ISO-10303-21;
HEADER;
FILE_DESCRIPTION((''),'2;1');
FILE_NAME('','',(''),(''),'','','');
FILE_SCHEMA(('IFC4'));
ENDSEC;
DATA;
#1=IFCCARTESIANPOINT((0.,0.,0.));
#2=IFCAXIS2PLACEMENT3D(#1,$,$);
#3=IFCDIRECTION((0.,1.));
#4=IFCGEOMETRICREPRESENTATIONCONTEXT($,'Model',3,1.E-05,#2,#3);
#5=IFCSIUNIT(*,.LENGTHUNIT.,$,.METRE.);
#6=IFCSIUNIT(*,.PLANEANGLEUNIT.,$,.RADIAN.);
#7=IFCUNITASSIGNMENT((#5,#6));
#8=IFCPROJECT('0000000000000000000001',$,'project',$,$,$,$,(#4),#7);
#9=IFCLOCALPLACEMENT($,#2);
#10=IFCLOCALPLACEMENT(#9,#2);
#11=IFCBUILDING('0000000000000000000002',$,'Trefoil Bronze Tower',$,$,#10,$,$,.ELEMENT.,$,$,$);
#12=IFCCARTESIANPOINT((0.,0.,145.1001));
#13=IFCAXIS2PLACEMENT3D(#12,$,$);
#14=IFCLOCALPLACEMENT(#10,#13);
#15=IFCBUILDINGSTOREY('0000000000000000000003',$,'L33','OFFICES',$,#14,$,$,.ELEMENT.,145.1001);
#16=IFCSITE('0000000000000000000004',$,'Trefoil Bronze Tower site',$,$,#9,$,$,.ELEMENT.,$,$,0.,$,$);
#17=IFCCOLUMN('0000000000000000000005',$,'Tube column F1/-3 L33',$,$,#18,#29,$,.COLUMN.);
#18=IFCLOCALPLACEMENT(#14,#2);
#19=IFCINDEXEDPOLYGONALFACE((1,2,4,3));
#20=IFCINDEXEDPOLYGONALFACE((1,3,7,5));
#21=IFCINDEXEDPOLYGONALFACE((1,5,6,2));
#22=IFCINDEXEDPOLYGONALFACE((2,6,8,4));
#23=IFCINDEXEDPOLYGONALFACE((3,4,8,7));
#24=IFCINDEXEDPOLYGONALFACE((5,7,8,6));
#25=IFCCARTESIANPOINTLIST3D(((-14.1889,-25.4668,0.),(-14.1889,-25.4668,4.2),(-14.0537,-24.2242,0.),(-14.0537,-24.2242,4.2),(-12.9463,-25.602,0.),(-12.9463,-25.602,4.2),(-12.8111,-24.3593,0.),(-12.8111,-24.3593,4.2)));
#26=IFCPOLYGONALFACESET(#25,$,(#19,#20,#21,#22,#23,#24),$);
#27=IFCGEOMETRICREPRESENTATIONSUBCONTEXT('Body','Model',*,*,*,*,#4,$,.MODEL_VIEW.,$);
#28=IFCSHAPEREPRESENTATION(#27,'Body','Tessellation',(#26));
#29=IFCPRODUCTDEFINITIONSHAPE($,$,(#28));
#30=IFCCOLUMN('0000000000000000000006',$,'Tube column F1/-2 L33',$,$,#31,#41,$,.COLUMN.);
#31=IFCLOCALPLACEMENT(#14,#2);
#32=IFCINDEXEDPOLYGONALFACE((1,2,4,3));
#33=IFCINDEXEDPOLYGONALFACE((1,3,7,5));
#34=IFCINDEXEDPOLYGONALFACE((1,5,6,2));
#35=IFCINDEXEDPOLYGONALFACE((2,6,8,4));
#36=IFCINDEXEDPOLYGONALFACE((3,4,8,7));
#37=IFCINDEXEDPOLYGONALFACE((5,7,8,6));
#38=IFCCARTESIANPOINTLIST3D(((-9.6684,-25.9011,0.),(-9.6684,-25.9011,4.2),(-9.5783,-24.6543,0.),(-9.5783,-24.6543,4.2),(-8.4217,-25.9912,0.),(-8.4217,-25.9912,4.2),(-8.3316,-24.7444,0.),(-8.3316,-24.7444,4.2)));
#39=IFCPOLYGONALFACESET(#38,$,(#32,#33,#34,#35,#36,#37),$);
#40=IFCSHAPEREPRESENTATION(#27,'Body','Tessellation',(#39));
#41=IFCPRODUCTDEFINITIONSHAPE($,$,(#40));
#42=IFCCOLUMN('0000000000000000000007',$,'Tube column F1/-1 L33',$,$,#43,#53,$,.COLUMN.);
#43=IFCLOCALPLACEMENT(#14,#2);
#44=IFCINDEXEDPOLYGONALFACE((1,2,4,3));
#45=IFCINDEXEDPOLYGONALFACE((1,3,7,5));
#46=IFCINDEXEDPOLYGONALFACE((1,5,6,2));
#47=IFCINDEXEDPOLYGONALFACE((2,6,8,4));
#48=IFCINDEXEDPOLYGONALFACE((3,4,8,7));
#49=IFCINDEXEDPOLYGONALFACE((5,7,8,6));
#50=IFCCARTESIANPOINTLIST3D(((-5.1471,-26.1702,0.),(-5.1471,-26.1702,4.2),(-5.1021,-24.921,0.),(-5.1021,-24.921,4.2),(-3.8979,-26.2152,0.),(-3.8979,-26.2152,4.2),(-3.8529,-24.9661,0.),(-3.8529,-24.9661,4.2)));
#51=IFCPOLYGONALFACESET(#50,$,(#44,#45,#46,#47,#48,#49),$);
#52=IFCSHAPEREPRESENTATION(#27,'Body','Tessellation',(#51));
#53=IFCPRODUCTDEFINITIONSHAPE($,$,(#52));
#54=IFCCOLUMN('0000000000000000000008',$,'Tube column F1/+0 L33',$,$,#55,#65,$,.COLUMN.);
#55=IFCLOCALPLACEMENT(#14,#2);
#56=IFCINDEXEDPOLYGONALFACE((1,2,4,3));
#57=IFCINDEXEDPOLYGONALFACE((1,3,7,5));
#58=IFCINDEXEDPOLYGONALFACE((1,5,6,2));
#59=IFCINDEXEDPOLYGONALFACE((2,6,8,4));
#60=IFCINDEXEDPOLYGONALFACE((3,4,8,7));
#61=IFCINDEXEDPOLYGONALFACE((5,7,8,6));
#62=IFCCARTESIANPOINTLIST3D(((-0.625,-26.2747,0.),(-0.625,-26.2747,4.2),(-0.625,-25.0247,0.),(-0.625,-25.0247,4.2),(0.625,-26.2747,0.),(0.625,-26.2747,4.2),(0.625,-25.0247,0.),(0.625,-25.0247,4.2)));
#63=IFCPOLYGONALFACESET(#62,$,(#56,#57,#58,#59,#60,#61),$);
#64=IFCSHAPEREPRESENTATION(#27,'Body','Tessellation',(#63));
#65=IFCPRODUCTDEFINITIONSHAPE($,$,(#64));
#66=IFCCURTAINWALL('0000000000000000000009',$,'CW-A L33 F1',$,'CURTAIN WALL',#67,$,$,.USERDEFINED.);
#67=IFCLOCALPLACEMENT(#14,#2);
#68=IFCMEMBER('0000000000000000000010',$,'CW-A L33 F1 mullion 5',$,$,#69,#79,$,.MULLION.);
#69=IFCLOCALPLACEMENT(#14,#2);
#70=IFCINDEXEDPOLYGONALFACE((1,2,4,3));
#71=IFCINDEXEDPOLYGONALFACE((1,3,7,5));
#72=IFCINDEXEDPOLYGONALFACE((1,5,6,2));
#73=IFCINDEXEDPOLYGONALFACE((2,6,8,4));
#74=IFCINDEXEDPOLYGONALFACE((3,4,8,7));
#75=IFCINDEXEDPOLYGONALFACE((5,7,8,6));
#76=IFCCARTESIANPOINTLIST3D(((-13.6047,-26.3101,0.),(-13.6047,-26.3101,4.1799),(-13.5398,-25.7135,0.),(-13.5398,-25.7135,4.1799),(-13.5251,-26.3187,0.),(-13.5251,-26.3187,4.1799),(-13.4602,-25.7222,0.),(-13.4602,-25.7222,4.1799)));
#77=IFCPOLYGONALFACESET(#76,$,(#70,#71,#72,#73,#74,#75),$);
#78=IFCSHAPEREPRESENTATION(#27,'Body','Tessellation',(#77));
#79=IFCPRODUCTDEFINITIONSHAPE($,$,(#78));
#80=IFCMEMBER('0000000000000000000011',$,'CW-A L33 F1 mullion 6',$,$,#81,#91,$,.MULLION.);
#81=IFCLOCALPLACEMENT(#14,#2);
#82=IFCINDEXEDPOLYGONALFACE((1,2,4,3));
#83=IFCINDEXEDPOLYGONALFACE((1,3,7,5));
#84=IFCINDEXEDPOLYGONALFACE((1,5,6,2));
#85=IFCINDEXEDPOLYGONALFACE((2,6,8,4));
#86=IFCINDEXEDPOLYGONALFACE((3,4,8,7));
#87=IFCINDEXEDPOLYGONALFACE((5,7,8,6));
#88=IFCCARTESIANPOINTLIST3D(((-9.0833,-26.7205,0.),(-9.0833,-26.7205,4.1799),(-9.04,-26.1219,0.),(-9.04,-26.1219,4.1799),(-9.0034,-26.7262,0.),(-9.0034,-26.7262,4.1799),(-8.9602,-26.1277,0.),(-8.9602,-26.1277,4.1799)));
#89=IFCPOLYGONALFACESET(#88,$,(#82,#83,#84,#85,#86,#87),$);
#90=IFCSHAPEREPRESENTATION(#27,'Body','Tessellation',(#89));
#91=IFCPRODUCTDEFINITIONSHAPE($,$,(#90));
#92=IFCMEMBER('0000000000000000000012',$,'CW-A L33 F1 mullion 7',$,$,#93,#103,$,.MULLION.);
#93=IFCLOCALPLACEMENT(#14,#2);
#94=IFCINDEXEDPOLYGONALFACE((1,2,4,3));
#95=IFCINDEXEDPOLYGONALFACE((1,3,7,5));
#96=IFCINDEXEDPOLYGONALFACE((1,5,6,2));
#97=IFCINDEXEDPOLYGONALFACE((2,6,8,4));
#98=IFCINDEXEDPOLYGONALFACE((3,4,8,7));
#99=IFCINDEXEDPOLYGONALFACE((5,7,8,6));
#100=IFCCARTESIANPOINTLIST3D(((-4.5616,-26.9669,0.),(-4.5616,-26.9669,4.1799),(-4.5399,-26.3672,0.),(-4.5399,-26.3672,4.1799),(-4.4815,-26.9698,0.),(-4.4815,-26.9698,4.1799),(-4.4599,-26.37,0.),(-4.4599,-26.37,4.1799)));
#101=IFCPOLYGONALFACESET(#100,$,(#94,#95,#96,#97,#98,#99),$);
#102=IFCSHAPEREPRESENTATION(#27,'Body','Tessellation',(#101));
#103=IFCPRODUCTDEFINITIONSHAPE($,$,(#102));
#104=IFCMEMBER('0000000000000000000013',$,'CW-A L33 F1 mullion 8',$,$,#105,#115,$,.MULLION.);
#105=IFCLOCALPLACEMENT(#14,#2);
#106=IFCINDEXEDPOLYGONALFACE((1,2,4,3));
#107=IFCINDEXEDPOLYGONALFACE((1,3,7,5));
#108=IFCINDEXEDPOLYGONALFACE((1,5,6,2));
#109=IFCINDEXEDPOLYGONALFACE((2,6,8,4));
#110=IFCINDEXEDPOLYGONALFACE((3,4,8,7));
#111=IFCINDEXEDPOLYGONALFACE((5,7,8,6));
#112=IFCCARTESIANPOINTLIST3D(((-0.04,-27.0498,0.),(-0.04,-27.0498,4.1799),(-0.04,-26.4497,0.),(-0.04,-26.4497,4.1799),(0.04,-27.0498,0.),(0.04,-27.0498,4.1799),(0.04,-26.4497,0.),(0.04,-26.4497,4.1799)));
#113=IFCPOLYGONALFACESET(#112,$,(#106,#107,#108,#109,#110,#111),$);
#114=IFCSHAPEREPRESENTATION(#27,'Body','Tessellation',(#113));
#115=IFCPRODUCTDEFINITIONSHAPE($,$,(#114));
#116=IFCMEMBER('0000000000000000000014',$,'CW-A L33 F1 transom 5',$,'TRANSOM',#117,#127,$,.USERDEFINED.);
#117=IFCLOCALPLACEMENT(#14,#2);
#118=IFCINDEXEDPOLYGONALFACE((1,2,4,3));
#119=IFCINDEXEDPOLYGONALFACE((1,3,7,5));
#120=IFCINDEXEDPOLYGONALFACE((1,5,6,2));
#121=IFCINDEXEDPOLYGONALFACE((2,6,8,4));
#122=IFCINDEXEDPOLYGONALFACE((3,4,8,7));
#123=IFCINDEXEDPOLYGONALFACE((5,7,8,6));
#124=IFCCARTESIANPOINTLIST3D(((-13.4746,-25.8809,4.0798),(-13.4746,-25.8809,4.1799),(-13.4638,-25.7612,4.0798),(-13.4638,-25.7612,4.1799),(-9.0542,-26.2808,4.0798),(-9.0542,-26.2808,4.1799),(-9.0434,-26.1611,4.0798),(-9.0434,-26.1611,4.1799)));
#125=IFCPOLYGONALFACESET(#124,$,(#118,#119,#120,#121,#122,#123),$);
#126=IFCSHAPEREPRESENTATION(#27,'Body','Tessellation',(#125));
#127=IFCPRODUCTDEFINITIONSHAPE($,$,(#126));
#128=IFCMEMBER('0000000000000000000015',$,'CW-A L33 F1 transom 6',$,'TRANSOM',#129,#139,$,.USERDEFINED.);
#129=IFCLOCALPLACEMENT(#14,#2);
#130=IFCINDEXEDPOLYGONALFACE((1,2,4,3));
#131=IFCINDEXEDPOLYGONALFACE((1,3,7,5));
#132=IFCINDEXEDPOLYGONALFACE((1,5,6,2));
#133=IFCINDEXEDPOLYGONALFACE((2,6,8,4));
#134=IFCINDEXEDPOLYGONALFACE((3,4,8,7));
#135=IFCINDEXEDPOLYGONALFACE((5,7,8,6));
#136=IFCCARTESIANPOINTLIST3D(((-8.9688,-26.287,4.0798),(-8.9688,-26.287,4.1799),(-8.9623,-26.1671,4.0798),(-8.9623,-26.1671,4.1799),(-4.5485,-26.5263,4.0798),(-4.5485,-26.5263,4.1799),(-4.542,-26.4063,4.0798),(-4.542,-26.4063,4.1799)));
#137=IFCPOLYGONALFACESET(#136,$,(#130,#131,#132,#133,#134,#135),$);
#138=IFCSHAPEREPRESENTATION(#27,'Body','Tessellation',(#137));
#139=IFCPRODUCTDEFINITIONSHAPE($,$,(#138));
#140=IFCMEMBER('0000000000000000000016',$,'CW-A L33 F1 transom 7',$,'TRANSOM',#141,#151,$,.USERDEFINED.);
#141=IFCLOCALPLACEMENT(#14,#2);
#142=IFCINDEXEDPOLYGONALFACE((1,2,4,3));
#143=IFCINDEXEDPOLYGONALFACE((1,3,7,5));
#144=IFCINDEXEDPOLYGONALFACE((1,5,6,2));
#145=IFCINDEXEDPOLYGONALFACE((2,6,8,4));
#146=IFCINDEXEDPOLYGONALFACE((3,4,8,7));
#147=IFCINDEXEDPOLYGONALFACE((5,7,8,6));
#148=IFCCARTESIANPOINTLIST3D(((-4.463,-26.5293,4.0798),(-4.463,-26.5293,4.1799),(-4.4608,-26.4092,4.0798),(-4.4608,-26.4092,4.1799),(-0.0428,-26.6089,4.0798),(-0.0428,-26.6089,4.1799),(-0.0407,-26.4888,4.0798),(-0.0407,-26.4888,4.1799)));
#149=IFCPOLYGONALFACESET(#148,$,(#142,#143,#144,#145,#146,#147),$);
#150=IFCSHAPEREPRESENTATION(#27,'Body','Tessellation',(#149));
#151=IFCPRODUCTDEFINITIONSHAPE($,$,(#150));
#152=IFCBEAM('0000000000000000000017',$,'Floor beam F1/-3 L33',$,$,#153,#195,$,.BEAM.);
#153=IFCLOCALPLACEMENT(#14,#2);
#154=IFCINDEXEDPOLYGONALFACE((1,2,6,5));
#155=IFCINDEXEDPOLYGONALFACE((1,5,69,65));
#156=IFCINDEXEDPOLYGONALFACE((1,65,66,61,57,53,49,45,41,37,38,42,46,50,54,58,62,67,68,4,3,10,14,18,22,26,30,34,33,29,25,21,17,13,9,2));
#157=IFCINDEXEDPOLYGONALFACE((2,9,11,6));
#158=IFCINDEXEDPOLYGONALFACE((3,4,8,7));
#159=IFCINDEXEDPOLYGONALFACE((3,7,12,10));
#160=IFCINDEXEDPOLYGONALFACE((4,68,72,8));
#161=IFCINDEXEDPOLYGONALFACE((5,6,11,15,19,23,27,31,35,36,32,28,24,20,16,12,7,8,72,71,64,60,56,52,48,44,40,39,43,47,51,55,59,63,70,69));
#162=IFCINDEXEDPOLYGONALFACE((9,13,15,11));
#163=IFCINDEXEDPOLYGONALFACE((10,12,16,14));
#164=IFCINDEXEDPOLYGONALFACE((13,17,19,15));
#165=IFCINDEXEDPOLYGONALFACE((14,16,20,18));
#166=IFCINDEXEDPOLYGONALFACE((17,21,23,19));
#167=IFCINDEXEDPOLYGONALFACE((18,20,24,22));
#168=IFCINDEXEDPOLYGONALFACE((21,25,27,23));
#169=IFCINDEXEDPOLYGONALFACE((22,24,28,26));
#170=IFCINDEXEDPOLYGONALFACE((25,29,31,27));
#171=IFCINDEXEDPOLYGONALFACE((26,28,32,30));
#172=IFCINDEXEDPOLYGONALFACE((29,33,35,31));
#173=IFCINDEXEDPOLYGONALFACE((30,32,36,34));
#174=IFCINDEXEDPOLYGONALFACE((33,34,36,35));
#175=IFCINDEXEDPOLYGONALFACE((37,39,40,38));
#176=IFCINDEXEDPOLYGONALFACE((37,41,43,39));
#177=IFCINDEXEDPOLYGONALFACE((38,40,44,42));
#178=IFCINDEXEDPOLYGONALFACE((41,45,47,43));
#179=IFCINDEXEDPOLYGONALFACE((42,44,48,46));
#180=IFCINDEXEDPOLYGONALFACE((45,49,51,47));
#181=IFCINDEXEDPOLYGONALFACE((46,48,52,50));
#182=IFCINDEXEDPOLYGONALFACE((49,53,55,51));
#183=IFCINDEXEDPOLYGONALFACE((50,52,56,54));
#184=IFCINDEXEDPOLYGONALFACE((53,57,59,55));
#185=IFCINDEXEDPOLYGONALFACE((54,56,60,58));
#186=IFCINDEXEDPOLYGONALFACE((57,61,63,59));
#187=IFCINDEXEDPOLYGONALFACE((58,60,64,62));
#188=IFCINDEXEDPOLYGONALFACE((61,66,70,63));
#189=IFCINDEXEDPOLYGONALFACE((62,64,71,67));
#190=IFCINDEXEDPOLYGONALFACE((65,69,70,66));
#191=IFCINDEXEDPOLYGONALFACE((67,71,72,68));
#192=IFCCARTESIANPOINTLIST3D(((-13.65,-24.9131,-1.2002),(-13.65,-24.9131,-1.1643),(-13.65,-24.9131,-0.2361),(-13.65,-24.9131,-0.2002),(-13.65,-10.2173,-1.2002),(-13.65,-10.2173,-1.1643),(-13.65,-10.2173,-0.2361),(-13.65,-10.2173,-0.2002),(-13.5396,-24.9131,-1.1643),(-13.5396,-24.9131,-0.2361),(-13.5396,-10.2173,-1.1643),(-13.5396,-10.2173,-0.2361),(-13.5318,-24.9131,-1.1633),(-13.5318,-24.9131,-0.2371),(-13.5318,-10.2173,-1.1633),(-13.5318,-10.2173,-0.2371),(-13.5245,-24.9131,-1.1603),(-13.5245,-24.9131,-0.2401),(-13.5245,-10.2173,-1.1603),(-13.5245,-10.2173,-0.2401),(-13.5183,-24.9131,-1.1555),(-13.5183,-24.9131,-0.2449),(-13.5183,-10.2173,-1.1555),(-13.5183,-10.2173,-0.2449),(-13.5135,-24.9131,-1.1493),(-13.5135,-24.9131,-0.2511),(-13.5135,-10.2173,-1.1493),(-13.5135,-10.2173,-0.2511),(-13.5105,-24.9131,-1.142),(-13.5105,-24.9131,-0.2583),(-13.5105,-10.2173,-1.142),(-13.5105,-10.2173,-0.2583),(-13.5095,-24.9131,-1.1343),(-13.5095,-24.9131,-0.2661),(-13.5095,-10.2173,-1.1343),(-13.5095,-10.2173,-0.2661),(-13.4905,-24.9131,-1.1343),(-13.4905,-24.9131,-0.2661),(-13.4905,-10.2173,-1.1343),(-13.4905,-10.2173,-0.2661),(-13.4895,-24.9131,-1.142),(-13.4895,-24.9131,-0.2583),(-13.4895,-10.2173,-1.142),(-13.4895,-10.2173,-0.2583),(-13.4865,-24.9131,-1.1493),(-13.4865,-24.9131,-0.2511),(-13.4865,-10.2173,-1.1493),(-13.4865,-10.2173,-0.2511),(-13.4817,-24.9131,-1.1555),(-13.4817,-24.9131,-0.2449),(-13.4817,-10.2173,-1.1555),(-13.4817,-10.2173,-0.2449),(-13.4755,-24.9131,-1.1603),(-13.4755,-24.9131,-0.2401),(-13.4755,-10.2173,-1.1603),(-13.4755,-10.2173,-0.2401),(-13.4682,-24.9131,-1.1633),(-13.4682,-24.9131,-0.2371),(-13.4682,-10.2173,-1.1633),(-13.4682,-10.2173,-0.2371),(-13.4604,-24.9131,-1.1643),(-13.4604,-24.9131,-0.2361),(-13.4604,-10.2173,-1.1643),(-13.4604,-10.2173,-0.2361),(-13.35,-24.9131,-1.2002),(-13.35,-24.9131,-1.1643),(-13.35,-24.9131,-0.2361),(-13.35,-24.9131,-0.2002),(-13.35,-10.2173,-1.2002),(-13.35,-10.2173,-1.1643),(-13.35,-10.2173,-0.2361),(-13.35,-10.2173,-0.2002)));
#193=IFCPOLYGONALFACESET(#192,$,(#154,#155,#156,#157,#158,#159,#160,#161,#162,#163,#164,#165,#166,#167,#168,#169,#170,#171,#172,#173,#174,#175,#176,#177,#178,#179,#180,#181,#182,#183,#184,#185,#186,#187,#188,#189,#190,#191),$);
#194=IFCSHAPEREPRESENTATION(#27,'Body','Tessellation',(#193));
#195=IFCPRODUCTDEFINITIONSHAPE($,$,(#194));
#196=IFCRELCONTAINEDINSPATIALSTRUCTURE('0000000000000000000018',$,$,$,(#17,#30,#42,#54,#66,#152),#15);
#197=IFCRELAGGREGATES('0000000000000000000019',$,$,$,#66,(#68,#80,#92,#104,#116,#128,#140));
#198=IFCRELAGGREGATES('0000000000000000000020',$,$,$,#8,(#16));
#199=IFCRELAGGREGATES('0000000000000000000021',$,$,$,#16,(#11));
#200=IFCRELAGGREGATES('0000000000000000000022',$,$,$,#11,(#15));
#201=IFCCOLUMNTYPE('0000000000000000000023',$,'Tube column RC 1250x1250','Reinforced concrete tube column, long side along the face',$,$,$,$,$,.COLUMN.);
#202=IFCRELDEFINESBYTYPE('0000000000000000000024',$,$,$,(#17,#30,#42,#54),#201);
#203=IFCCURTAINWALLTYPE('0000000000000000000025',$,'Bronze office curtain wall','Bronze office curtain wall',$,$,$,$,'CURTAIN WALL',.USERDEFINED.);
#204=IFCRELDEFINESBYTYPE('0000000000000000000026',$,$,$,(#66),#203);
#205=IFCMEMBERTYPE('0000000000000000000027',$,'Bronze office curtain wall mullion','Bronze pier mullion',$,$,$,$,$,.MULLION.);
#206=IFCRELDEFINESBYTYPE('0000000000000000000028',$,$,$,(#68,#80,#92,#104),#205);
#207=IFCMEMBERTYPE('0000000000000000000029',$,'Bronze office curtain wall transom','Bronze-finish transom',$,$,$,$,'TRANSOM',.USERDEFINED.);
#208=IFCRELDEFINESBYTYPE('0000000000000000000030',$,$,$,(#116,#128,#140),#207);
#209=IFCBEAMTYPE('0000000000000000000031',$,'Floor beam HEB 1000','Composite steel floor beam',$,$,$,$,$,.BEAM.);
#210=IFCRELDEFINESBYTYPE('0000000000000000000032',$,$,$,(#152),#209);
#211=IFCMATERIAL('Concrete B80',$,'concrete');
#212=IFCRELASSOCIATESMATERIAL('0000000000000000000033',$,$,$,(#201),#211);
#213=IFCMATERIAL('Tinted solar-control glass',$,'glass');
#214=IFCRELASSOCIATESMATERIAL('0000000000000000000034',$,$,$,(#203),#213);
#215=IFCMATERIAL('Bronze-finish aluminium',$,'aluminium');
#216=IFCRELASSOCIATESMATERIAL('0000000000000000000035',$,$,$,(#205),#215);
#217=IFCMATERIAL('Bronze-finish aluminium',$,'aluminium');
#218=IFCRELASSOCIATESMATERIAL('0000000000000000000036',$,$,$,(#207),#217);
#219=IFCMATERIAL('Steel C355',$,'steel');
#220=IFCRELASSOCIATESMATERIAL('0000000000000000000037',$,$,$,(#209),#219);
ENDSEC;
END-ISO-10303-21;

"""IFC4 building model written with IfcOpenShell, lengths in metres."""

from ifc_helpers import new_model, si_unit, direction, frame, origin, origin_2d, place, context, subcontext, project, spatial, rectangle, i_section, extrude, material, material_profile, profile_set, type_object, element, aggregate, save


model = new_model("IFC4")

# Units and contexts
model_context = context("Model", 3, precision=1e-05, world=origin(), true_north=direction((0.0, 1.0)))
body_context = subcontext(model_context, "Body", "Model", "MODEL_VIEW")
ifc_project = project(units=[si_unit("LENGTHUNIT", "METRE"), si_unit("PLANEANGLEUNIT", "RADIAN")], contexts=[model_context])

# Site, building, storey
site_placement = place(None, origin())
site = spatial("IfcSite", under=ifc_project, at=site_placement, Name="Trefoil Bronze Tower site", CompositionType="ELEMENT", RefElevation=0.0)
building_placement = place(site_placement, origin())
building = spatial("IfcBuilding", under=site, at=building_placement, Name="Trefoil Bronze Tower", CompositionType="ELEMENT")
storey_placement = place(building_placement, frame((0.0, 0.0, 145.1001)))
storey = spatial("IfcBuildingStorey", under=building, at=storey_placement, Name="L33", Description="OFFICES", CompositionType="ELEMENT", Elevation=145.1001)

# Columns
ifc_material_1 = material(Name="Concrete B80", Category="concrete")
ifc_material_profile_1 = material_profile(ifc_material_1, rectangle(XDim=1.25, YDim=1.25, at=origin_2d()), Name="RC 1250x1250")
ifc_profile_set_1 = profile_set([ifc_material_profile_1], Name="Concrete B80")
column_type = type_object("IfcColumnType", Name="Tube column RC 1250x1250", Description="Reinforced concrete tube column, long side along the face", PredefinedType="COLUMN", material=ifc_profile_set_1)
for number, where, z_axis, x_axis, name in (
    (1, (-13.5, -24.9131, 0.0), (0.0, 0.0, 1.0), (0.994135, -0.108144, 0.0), "Tube column F1/-3 L33"),
    (2, (-9.0, -25.3228, 0.0), (0.0, 0.0, 1.0), (0.997398, -0.072096, 0.0), "Tube column F1/-2 L33"),
    (3, (-4.5, -25.5681, 0.0), (0.0, 0.0, 1.0), (0.99935, -0.036048, 0.0), "Tube column F1/-1 L33"),
    (4, (0.0, -25.6497, 0.0), (0.0, 0.0, 1.0), (1.0, 0.0, 0.0), "Tube column F1/+0 L33"),
):
    element("IfcColumn", number, at=place(storey_placement, frame(where, z_axis=z_axis, x_axis=x_axis)), inside=storey, type_object=column_type, Name=name, PredefinedType="COLUMN", context=body_context, shape_type="SweptSolid", body=[
        extrude(rectangle(XDim=1.25, YDim=1.25, at=origin_2d()), origin(), (0.0, 0.0, 1.0), 4.2),
    ])

# Curtain wall, members
ifc_material_2 = material(Name="Tinted solar-control glass", Category="glass")
curtain_wall_type = type_object("IfcCurtainWallType", Name="Bronze office curtain wall", Description="Bronze office curtain wall", ElementType="CURTAIN WALL", PredefinedType="USERDEFINED", material=ifc_material_2)
curtain_wall_placement = place(storey_placement, origin())
curtain_wall = element("IfcCurtainWall", 5, at=curtain_wall_placement, inside=storey, type_object=curtain_wall_type, Name="CW-A L33 F1", ObjectType="CURTAIN WALL", PredefinedType="USERDEFINED")
ifc_material_3 = material(Name="Bronze-finish aluminium", Category="aluminium")
ifc_material_profile_2 = material_profile(ifc_material_3, rectangle(XDim=0.6001, YDim=0.0801, at=origin_2d()), Name="CW-A mullion")
ifc_profile_set_2 = profile_set([ifc_material_profile_2], Name="Bronze-finish aluminium")
member_type_1 = type_object("IfcMemberType", Name="Bronze office curtain wall mullion", Description="Bronze pier mullion", PredefinedType="MULLION", material=ifc_profile_set_2)
member_1_placement = place(storey_placement, frame((-13.5325, -26.0161, 0.0), z_axis=(0.0, 0.0, 1.0), x_axis=(0.108144, 0.994135, 0.0)))
member_1 = element("IfcMember", 6, at=member_1_placement, type_object=member_type_1, Name="CW-A L33 F1 mullion 5", PredefinedType="MULLION", context=body_context, shape_type="SweptSolid", body=[
    extrude(rectangle(XDim=0.6001, YDim=0.0801, at=origin_2d()), origin(), (0.0, 0.0, 1.0), 4.1799),
])
member_2_placement = place(storey_placement, frame((-9.0217, -26.4241, 0.0), z_axis=(0.0, 0.0, 1.0), x_axis=(0.072096, 0.997398, 0.0)))
member_2 = element("IfcMember", 7, at=member_2_placement, type_object=member_type_1, Name="CW-A L33 F1 mullion 6", PredefinedType="MULLION", context=body_context, shape_type="SweptSolid", body=[
    extrude(rectangle(XDim=0.6001, YDim=0.0801, at=origin_2d()), origin(), (0.0, 0.0, 1.0), 4.1799),
])
member_3_placement = place(storey_placement, frame((-4.5107, -26.6685, 0.0), z_axis=(0.0, 0.0, 1.0), x_axis=(0.036048, 0.99935, 0.0)))
member_3 = element("IfcMember", 8, at=member_3_placement, type_object=member_type_1, Name="CW-A L33 F1 mullion 7", PredefinedType="MULLION", context=body_context, shape_type="SweptSolid", body=[
    extrude(rectangle(XDim=0.6001, YDim=0.0801, at=origin_2d()), origin(), (0.0, 0.0, 1.0), 4.1799),
])
member_4_placement = place(storey_placement, frame((0.0, -26.7498, 0.0), z_axis=(0.0, 0.0, 1.0), x_axis=(0.0, 1.0, 0.0)))
member_4 = element("IfcMember", 9, at=member_4_placement, type_object=member_type_1, Name="CW-A L33 F1 mullion 8", PredefinedType="MULLION", context=body_context, shape_type="SweptSolid", body=[
    extrude(rectangle(XDim=0.6001, YDim=0.0801, at=origin_2d()), origin(), (0.0, 0.0, 1.0), 4.1799),
])
ifc_material_4 = material(Name="Bronze-finish aluminium", Category="aluminium")
ifc_material_profile_3 = material_profile(ifc_material_4, rectangle(XDim=0.1201, YDim=0.1001, at=origin_2d()), Name="CW-A transom")
ifc_profile_set_3 = profile_set([ifc_material_profile_3], Name="Bronze-finish aluminium")
member_type_2 = type_object("IfcMemberType", Name="Bronze office curtain wall transom", Description="Bronze-finish transom", ElementType="TRANSOM", PredefinedType="USERDEFINED", material=ifc_profile_set_3)
member_5_placement = place(storey_placement, frame((-13.4692, -25.821, 4.1299), z_axis=(0.995933, -0.090099, 0.0), x_axis=(0.090099, 0.995933, 0.0)))
member_5 = element("IfcMember", 10, at=member_5_placement, type_object=member_type_2, Name="CW-A L33 F1 transom 5", ObjectType="TRANSOM", PredefinedType="USERDEFINED", context=body_context, shape_type="SweptSolid", body=[
    extrude(rectangle(XDim=0.1201, YDim=0.1001, at=origin_2d()), origin(), (0.0, 0.0, 1.0), 4.4385),
])
member_6_placement = place(storey_placement, frame((-8.9656, -26.2271, 4.1299), z_axis=(0.998538, -0.05405, 0.0), x_axis=(0.05405, 0.998538, 0.0)))
member_6 = element("IfcMember", 11, at=member_6_placement, type_object=member_type_2, Name="CW-A L33 F1 transom 6", ObjectType="TRANSOM", PredefinedType="USERDEFINED", context=body_context, shape_type="SweptSolid", body=[
    extrude(rectangle(XDim=0.1201, YDim=0.1001, at=origin_2d()), origin(), (0.0, 0.0, 1.0), 4.4268),
])
member_7_placement = place(storey_placement, frame((-4.4619, -26.4692, 4.1299), z_axis=(0.999838, -0.018003, 0.0), x_axis=(0.018003, 0.999838, 0.0)))
member_7 = element("IfcMember", 12, at=member_7_placement, type_object=member_type_2, Name="CW-A L33 F1 transom 7", ObjectType="TRANSOM", PredefinedType="USERDEFINED", context=body_context, shape_type="SweptSolid", body=[
    extrude(rectangle(XDim=0.1201, YDim=0.1001, at=origin_2d()), origin(), (0.0, 0.0, 1.0), 4.4209),
])

# Beam
ifc_material_5 = material(Name="Steel C355", Category="steel")
ifc_material_profile_4 = material_profile(ifc_material_5, i_section(OverallWidth=0.3, OverallDepth=1.0, WebThickness=0.019, FlangeThickness=0.0359, FilletRadius=0.03, at=origin_2d()), Name="HEB 1000")
ifc_profile_set_4 = profile_set([ifc_material_profile_4], Name="Steel C355")
beam_type_1 = type_object("IfcBeamType", Name="Floor beam HEB 1000", Description="Composite steel floor beam", PredefinedType="BEAM", material=ifc_profile_set_4)
beam_1_placement = place(storey_placement, frame((-13.5, -24.9131, -0.7002), z_axis=(0.0, 1.0, 0.0), x_axis=(-1.0, 0.0, 0.0)))
element("IfcBeam", 13, at=beam_1_placement, inside=storey, type_object=beam_type_1, Name="Floor beam F1/-3 L33", PredefinedType="BEAM", context=body_context, shape_type="SweptSolid", body=[
    extrude(i_section(OverallWidth=0.3, OverallDepth=1.0, WebThickness=0.019, FlangeThickness=0.0359, FilletRadius=0.03, at=origin_2d()), origin(), (0.0, 0.0, 1.0), 14.6958),
])

aggregate(curtain_wall, [member_1, member_2, member_3, member_4, member_5, member_6, member_7])

save(model, "model.ifc")
